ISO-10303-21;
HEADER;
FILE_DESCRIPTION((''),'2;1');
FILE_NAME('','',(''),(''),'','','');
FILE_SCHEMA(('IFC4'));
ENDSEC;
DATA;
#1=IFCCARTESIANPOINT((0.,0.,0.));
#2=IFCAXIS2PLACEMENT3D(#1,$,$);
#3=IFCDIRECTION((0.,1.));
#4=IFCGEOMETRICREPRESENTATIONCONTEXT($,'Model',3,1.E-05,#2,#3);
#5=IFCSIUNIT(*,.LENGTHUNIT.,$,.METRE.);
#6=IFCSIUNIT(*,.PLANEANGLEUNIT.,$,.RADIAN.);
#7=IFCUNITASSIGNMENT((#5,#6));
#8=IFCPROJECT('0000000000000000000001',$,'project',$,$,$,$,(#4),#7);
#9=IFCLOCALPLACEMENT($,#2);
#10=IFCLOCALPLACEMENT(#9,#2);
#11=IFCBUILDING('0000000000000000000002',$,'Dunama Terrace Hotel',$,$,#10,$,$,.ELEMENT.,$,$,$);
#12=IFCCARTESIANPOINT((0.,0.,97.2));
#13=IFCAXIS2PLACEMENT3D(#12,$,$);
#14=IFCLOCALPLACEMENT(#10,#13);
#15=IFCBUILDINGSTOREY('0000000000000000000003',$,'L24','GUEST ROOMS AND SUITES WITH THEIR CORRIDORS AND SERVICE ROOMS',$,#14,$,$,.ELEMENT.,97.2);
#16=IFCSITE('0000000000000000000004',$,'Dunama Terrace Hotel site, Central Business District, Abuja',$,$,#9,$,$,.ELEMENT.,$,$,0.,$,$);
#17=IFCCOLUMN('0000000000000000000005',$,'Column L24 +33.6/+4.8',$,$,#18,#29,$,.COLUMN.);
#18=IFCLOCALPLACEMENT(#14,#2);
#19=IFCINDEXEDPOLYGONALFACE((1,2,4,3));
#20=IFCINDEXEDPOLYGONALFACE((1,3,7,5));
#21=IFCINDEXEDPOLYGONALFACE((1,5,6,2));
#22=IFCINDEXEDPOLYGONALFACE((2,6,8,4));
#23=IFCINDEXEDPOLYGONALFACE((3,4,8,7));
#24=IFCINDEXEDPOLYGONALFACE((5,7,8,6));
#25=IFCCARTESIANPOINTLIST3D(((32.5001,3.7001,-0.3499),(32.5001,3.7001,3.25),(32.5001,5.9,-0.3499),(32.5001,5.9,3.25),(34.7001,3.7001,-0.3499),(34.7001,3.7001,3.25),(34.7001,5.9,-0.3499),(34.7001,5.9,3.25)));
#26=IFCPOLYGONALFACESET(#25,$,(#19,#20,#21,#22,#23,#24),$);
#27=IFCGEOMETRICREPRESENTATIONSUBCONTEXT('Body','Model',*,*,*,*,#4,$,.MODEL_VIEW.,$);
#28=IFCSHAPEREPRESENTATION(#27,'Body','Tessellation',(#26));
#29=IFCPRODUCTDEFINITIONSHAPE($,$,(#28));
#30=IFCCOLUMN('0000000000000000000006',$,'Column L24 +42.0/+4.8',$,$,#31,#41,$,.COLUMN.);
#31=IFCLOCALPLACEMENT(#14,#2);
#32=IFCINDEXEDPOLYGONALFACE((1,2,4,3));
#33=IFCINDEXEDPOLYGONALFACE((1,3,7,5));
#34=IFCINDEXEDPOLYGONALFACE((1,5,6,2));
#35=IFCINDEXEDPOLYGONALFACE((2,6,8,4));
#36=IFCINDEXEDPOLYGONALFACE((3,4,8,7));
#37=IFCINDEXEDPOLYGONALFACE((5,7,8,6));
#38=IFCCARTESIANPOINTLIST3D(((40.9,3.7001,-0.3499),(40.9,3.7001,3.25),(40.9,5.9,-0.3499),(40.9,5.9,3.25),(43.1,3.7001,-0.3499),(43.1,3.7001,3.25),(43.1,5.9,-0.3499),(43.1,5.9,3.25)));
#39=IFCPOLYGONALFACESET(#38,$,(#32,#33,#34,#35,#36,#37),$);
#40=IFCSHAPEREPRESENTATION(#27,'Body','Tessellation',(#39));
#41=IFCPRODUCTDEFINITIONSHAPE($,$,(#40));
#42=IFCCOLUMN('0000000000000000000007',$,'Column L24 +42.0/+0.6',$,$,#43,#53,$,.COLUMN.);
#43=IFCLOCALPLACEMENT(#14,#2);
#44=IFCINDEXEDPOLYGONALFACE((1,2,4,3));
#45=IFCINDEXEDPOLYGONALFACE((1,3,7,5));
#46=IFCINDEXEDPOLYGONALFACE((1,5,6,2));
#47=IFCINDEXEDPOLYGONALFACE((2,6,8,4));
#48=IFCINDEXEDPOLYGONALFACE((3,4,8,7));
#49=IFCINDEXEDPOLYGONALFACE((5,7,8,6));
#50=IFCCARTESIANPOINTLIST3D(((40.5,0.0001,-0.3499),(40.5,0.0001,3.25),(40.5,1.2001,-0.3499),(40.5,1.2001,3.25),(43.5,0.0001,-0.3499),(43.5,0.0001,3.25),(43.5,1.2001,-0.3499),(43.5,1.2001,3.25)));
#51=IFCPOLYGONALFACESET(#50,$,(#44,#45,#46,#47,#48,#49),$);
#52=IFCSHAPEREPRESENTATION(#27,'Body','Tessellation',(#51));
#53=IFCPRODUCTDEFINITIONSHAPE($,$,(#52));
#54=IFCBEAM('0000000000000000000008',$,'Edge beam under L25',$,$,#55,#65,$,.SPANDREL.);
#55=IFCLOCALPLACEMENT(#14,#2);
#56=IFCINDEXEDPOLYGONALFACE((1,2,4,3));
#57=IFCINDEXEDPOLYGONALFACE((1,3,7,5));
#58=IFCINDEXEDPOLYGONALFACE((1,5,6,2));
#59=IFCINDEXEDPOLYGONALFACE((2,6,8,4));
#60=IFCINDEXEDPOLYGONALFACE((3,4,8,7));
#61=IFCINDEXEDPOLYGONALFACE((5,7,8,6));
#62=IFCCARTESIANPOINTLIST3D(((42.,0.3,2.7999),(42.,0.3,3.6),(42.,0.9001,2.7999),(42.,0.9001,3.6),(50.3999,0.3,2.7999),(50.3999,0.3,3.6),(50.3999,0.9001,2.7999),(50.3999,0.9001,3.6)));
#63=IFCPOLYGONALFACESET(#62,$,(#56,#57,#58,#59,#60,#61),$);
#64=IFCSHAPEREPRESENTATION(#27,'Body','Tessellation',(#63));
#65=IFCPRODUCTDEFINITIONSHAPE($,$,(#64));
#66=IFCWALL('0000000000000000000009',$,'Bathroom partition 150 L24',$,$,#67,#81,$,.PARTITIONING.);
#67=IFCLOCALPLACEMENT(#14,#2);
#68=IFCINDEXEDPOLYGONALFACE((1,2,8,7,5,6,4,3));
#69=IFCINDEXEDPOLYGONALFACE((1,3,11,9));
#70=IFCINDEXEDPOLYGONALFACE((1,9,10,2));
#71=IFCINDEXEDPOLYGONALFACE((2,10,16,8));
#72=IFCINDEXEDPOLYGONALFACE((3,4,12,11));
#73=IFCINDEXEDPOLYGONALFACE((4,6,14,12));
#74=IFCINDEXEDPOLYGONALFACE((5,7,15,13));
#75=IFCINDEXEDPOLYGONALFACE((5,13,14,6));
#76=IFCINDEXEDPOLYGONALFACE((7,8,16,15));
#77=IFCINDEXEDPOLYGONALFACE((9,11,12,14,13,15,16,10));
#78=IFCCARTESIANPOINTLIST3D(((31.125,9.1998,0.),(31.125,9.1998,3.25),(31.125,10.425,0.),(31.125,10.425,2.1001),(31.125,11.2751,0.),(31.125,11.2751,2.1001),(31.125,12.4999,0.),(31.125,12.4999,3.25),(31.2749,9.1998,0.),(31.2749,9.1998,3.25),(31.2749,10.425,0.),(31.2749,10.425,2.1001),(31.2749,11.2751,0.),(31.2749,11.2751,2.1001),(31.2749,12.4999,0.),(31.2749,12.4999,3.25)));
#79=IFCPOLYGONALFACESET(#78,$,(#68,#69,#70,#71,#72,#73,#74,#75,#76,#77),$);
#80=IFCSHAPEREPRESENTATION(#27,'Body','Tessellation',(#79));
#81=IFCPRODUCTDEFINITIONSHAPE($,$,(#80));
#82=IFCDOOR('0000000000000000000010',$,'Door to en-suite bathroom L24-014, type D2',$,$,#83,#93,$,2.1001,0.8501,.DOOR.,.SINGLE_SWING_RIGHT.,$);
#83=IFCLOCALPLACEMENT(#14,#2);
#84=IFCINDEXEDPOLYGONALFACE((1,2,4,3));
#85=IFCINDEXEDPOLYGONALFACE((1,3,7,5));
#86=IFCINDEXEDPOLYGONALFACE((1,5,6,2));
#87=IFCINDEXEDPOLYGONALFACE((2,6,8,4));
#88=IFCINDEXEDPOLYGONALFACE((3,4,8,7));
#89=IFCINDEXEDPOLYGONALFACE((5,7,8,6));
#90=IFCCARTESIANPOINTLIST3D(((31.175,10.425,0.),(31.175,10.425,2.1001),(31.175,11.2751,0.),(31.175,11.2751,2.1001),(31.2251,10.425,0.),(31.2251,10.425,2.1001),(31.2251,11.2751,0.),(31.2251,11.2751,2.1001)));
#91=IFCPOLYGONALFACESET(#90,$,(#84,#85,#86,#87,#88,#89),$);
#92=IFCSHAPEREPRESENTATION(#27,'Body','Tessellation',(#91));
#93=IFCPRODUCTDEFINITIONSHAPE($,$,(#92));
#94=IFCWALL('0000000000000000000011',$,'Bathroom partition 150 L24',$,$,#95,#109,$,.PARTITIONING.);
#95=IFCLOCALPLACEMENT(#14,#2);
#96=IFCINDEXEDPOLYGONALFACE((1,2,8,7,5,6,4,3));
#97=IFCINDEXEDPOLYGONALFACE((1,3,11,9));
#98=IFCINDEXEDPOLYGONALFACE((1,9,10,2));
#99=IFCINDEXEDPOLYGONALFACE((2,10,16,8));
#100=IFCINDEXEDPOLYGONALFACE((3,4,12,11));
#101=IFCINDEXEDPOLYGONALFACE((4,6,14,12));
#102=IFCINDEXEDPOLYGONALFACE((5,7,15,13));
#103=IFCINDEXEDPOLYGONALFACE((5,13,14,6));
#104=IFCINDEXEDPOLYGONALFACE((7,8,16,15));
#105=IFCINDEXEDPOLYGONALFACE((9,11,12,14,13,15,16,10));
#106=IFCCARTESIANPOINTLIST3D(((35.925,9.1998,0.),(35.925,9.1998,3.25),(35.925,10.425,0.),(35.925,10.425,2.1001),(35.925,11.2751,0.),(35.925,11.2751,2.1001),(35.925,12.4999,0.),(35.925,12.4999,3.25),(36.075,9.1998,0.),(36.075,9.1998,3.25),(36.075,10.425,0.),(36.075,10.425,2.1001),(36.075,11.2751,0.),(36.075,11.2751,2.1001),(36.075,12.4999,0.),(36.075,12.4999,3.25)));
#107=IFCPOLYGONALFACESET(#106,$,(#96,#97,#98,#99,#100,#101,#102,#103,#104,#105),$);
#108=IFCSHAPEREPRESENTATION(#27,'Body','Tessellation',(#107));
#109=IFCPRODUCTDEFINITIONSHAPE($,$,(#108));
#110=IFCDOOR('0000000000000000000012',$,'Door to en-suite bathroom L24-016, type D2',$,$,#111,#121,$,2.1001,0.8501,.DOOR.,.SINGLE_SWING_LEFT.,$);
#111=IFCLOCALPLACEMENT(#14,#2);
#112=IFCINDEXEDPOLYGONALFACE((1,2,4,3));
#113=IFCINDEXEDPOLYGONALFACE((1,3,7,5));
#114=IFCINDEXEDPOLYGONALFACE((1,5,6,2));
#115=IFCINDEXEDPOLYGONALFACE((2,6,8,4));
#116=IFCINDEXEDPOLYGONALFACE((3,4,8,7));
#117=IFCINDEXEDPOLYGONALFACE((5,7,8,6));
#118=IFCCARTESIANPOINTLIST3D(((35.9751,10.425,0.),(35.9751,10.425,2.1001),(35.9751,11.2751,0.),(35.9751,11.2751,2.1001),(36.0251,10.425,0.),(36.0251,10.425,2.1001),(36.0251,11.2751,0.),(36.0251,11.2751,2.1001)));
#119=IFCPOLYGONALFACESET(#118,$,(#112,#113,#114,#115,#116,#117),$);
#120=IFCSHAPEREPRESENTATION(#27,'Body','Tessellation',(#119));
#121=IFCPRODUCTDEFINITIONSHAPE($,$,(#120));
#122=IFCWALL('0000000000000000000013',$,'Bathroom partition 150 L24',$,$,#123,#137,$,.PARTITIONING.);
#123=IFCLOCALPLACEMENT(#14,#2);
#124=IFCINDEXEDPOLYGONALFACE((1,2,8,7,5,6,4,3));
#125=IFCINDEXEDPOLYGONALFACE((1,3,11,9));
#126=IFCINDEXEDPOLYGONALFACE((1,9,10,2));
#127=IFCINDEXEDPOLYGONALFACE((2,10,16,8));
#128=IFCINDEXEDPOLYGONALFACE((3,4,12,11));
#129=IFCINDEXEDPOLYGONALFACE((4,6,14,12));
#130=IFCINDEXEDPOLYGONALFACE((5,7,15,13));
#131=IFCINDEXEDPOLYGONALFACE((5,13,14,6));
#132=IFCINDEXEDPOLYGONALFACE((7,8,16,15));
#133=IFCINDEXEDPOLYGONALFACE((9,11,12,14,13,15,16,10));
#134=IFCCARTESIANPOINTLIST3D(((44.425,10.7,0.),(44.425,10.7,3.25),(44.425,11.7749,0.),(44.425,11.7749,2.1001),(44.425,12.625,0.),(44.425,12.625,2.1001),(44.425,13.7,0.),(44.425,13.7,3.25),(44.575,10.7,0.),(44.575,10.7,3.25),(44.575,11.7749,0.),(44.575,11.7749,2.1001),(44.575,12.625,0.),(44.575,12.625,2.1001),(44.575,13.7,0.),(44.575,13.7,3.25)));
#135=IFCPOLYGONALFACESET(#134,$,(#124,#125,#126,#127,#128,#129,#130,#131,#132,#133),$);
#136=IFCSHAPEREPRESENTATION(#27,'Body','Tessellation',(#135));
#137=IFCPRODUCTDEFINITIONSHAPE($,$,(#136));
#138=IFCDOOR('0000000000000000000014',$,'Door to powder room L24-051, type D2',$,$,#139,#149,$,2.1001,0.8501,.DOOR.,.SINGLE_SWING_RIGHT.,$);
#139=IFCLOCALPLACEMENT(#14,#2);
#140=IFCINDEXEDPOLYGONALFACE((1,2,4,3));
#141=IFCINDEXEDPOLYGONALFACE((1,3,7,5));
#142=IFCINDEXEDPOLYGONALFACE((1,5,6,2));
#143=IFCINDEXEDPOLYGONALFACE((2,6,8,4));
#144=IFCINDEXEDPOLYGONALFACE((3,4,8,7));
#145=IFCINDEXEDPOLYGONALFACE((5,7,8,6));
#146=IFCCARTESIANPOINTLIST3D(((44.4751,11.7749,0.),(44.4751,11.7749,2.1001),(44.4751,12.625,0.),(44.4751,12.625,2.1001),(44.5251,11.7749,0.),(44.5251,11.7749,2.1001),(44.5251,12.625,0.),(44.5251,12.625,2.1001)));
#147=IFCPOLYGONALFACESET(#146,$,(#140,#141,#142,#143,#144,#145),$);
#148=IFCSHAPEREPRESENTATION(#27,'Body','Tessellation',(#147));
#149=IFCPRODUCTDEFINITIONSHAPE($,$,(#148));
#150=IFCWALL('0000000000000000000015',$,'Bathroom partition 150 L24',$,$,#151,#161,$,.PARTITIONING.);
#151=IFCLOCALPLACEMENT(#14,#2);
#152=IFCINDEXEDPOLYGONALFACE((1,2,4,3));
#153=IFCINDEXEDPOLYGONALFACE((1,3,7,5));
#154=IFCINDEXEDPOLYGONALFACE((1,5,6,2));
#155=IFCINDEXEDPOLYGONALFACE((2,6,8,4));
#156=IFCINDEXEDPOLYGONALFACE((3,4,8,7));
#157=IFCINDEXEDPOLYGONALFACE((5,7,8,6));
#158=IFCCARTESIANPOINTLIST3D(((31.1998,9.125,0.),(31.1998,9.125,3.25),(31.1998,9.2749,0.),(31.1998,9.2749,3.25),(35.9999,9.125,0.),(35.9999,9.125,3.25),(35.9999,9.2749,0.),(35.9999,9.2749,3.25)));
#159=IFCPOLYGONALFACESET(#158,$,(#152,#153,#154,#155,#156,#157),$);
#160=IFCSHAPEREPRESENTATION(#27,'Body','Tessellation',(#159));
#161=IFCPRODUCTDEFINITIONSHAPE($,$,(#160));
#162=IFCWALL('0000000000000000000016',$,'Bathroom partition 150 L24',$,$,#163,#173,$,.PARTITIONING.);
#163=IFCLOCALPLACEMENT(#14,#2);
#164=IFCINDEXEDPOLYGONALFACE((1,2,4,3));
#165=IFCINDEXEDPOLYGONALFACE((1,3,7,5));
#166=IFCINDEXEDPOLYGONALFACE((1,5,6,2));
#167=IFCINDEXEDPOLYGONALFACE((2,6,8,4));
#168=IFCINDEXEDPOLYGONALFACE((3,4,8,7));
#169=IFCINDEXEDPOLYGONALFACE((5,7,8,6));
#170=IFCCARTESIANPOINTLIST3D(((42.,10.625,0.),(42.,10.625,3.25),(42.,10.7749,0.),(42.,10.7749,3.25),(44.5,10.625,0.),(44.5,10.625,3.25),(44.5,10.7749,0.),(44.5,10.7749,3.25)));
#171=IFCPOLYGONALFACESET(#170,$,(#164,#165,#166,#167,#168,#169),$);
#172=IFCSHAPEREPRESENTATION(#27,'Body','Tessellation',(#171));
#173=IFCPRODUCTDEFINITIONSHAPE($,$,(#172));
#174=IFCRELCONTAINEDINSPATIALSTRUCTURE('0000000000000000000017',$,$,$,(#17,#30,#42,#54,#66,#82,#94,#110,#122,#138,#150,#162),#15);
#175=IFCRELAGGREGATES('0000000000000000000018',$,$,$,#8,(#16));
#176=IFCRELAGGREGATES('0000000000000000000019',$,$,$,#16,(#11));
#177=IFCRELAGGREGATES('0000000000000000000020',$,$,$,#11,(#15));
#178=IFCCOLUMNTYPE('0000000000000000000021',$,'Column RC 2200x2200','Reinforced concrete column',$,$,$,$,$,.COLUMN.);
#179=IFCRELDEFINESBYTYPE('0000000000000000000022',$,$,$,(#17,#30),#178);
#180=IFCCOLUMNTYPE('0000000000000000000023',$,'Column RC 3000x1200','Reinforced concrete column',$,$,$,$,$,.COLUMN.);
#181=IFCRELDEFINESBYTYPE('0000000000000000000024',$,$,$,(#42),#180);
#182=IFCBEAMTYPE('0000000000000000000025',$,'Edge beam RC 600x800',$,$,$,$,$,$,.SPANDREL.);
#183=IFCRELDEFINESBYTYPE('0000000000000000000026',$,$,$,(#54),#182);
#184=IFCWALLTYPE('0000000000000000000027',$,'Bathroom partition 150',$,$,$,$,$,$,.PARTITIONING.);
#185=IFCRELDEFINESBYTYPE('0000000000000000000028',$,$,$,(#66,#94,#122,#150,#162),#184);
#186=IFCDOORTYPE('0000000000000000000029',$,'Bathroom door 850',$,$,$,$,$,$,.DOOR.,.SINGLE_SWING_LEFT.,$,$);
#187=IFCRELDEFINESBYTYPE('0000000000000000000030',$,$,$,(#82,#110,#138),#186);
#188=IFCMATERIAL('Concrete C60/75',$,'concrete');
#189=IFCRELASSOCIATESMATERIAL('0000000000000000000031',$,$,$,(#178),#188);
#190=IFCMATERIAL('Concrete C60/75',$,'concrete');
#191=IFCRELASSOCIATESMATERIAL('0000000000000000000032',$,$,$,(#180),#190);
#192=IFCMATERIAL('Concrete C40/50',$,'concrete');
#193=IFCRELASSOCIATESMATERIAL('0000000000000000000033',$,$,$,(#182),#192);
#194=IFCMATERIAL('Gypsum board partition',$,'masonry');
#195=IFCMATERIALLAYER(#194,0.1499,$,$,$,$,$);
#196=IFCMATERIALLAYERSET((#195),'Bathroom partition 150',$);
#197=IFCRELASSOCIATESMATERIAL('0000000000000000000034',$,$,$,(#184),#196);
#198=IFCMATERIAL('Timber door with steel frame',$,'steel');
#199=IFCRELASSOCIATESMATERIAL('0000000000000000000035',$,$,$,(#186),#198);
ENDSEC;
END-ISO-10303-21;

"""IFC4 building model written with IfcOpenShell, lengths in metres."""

from ifc_helpers import new_model, si_unit, direction, frame, frame_2d, origin, origin_2d, place, context, subcontext, project, spatial, rectangle, extrude, material, layer, layer_set, material_profile, profile_set, type_object, element, fill, save


model = new_model("IFC4")

# Units and contexts
model_context = context("Model", 3, precision=1e-05, world=origin(), true_north=direction((0.0, 1.0)))
body_context = subcontext(model_context, "Body", "Model", "MODEL_VIEW")
ifc_project = project(units=[si_unit("LENGTHUNIT", "METRE"), si_unit("PLANEANGLEUNIT", "RADIAN")], contexts=[model_context])

# Site, building, storey
site_placement = place(None, origin())
site = spatial("IfcSite", under=ifc_project, at=site_placement, Name="Dunama Terrace Hotel site, Central Business District, Abuja", CompositionType="ELEMENT", RefElevation=0.0)
building_placement = place(site_placement, origin())
building = spatial("IfcBuilding", under=site, at=building_placement, Name="Dunama Terrace Hotel", CompositionType="ELEMENT")
storey_placement = place(building_placement, frame((0.0, 0.0, 97.2)))
storey = spatial("IfcBuildingStorey", under=building, at=storey_placement, Name="L24", Description="GUEST ROOMS AND SUITES WITH THEIR CORRIDORS AND SERVICE ROOMS", CompositionType="ELEMENT", Elevation=97.2)

# Columns
ifc_material_1 = material(Name="Concrete C60/75", Category="concrete")
ifc_material_profile_1 = material_profile(ifc_material_1, rectangle(XDim=2.2, YDim=2.2, at=origin_2d()), Name="RC 2200x2200")
ifc_profile_set_1 = profile_set([ifc_material_profile_1], Name="Concrete C60/75")
column_type_1 = type_object("IfcColumnType", Name="Column RC 2200x2200", Description="Reinforced concrete column", PredefinedType="COLUMN", material=ifc_profile_set_1)
for number, where, z_axis, x_axis, name in (
    (1, (33.6001, 4.8, -0.3499), (0.0, 0.0, 1.0), (1.0, 0.0, 0.0), "Column L24 +33.6/+4.8"),
    (2, (42.0, 4.8, -0.3499), (0.0, 0.0, 1.0), (1.0, 0.0, 0.0), "Column L24 +42.0/+4.8"),
):
    element("IfcColumn", number, at=place(storey_placement, frame(where, z_axis=z_axis, x_axis=x_axis)), inside=storey, type_object=column_type_1, Name=name, PredefinedType="COLUMN", context=body_context, shape_type="SweptSolid", body=[
        extrude(rectangle(XDim=2.2, YDim=2.2, at=origin_2d()), origin(), (0.0, 0.0, 1.0), 3.5999),
    ])
ifc_material_2 = material(Name="Concrete C60/75", Category="concrete")
ifc_material_profile_2 = material_profile(ifc_material_2, rectangle(XDim=3.0, YDim=1.2, at=origin_2d()), Name="RC 3000x1200")
ifc_profile_set_2 = profile_set([ifc_material_profile_2], Name="Concrete C60/75")
column_type_2 = type_object("IfcColumnType", Name="Column RC 3000x1200", Description="Reinforced concrete column", PredefinedType="COLUMN", material=ifc_profile_set_2)
column_placement = place(storey_placement, frame((42.0, 0.6001, -0.3499), z_axis=(0.0, 0.0, 1.0), x_axis=(1.0, 0.0, 0.0)))
element("IfcColumn", 3, at=column_placement, inside=storey, type_object=column_type_2, Name="Column L24 +42.0/+0.6", PredefinedType="COLUMN", context=body_context, shape_type="SweptSolid", body=[
    extrude(rectangle(XDim=3.0, YDim=1.2, at=origin_2d()), origin(), (0.0, 0.0, 1.0), 3.5999),
])

# Beam
ifc_material_3 = material(Name="Concrete C40/50", Category="concrete")
ifc_material_profile_3 = material_profile(ifc_material_3, rectangle(XDim=0.6001, YDim=0.8, at=origin_2d()), Name="RC 600x800")
ifc_profile_set_3 = profile_set([ifc_material_profile_3], Name="Concrete C40/50")
beam_type = type_object("IfcBeamType", Name="Edge beam RC 600x800", PredefinedType="SPANDREL", material=ifc_profile_set_3)
beam_placement = place(storey_placement, frame((42.0, 0.6001, 3.2), z_axis=(1.0, 0.0, 0.0), x_axis=(0.0, 1.0, 0.0)))
element("IfcBeam", 4, at=beam_placement, inside=storey, type_object=beam_type, Name="Edge beam under L25", PredefinedType="SPANDREL", context=body_context, shape_type="SweptSolid", body=[
    extrude(rectangle(XDim=0.6001, YDim=0.8, at=origin_2d()), origin(), (0.0, 0.0, 1.0), 8.3999),
])

# Walls, openings, doors
ifc_material_4 = material(Name="Gypsum board partition", Category="masonry")
ifc_layer_1 = layer(ifc_material_4, 0.1499)
ifc_layer_set_1 = layer_set([ifc_layer_1], Name="Bathroom partition 150")
wall_type_1 = type_object("IfcWallType", Name="Bathroom partition 150", PredefinedType="PARTITIONING", material=ifc_layer_set_1)
wall_1_placement = place(storey_placement, frame((31.2, 9.2, 0.0), z_axis=(0.0, 0.0, 1.0), x_axis=(0.0, 1.0, 0.0)))
wall_1 = element("IfcWall", 5, at=wall_1_placement, inside=storey, type_object=wall_type_1, Name="Bathroom partition 150 L24", PredefinedType="PARTITIONING", context=body_context, shape_type="SweptSolid", body=[
    extrude(rectangle(XDim=3.3, YDim=0.1499, at=frame_2d((1.6499, 0.0))), origin(), (0.0, 0.0, 1.0), 3.25),
])
opening_1_placement = place(wall_1_placement, frame((1.2251, 0.0, 0.0)))
opening_1 = element("IfcOpeningElement", 6, at=opening_1_placement, cuts=wall_1, PredefinedType="OPENING", context=body_context, shape_type="SweptSolid", body=[
    extrude(rectangle(XDim=0.8501, YDim=2.1001, at=frame_2d((0.425, 1.05))), frame((0.0, 0.085, 0.0), z_axis=(0.0, -1.0, 0.0), x_axis=(1.0, 0.0, 0.0)), (0.0, 0.0, 1.0), 0.1699),
])
ifc_material_5 = material(Name="Timber door with steel frame", Category="steel")
door_type_1 = type_object("IfcDoorType", Name="Bathroom door 850", OperationType="SINGLE_SWING_LEFT", PredefinedType="DOOR", material=ifc_material_5)
door_1_placement = place(opening_1_placement, frame((0.8501, 0.0, 0.0), z_axis=(0.0, 0.0, 1.0), x_axis=(-1.0, 0.0, 0.0)))
door_1 = element("IfcDoor", 7, at=door_1_placement, inside=storey, type_object=door_type_1, Name="Door to en-suite bathroom L24-014, type D2", OperationType="SINGLE_SWING_RIGHT", OverallHeight=2.1001, OverallWidth=0.8501, PredefinedType="DOOR", context=body_context, shape_type="SweptSolid", body=[
    extrude(rectangle(XDim=0.8501, YDim=2.1001, at=frame_2d((0.425, 1.05))), frame((0.0, 0.0251, 0.0), z_axis=(0.0, -1.0, 0.0), x_axis=(1.0, 0.0, 0.0)), (0.0, 0.0, 1.0), 0.05),
])
fill(opening_1, door_1)
wall_2_placement = place(storey_placement, frame((36.0, 9.2, 0.0), z_axis=(0.0, 0.0, 1.0), x_axis=(0.0, 1.0, 0.0)))
wall_2 = element("IfcWall", 8, at=wall_2_placement, inside=storey, type_object=wall_type_1, Name="Bathroom partition 150 L24", PredefinedType="PARTITIONING", context=body_context, shape_type="SweptSolid", body=[
    extrude(rectangle(XDim=3.3, YDim=0.1499, at=frame_2d((1.6499, 0.0))), origin(), (0.0, 0.0, 1.0), 3.25),
])
opening_2_placement = place(wall_2_placement, frame((1.2251, 0.0, 0.0)))
opening_2 = element("IfcOpeningElement", 9, at=opening_2_placement, cuts=wall_2, PredefinedType="OPENING", context=body_context, shape_type="SweptSolid", body=[
    extrude(rectangle(XDim=0.8501, YDim=2.1001, at=frame_2d((0.425, 1.05))), frame((0.0, 0.085, 0.0), z_axis=(0.0, -1.0, 0.0), x_axis=(1.0, 0.0, 0.0)), (0.0, 0.0, 1.0), 0.1699),
])
door_2_placement = place(opening_2_placement, origin())
door_2 = element("IfcDoor", 10, at=door_2_placement, inside=storey, type_object=door_type_1, Name="Door to en-suite bathroom L24-016, type D2", OperationType="SINGLE_SWING_LEFT", OverallHeight=2.1001, OverallWidth=0.8501, PredefinedType="DOOR", context=body_context, shape_type="SweptSolid", body=[
    extrude(rectangle(XDim=0.8501, YDim=2.1001, at=frame_2d((0.425, 1.05))), frame((0.0, 0.0249, 0.0), z_axis=(0.0, -1.0, 0.0), x_axis=(1.0, 0.0, 0.0)), (0.0, 0.0, 1.0), 0.05),
])
fill(opening_2, door_2)
wall_3_placement = place(storey_placement, frame((44.5, 10.7, 0.0), z_axis=(0.0, 0.0, 1.0), x_axis=(0.0, 1.0, 0.0)))
wall_3 = element("IfcWall", 11, at=wall_3_placement, inside=storey, type_object=wall_type_1, Name="Bathroom partition 150 L24", PredefinedType="PARTITIONING", context=body_context, shape_type="SweptSolid", body=[
    extrude(rectangle(XDim=3.0, YDim=0.1499, at=frame_2d((1.5, 0.0))), origin(), (0.0, 0.0, 1.0), 3.25),
])
opening_3_placement = place(wall_3_placement, frame((1.075, 0.0, 0.0)))
opening_3 = element("IfcOpeningElement", 12, at=opening_3_placement, cuts=wall_3, PredefinedType="OPENING", context=body_context, shape_type="SweptSolid", body=[
    extrude(rectangle(XDim=0.8501, YDim=2.1001, at=frame_2d((0.425, 1.05))), frame((0.0, 0.085, 0.0), z_axis=(0.0, -1.0, 0.0), x_axis=(1.0, 0.0, 0.0)), (0.0, 0.0, 1.0), 0.1699),
])
door_3_placement = place(opening_3_placement, origin())
door_3 = element("IfcDoor", 13, at=door_3_placement, inside=storey, type_object=door_type_1, Name="Door to powder room L24-051, type D2", OperationType="SINGLE_SWING_RIGHT", OverallHeight=2.1001, OverallWidth=0.8501, PredefinedType="DOOR", context=body_context, shape_type="SweptSolid", body=[
    extrude(rectangle(XDim=0.8501, YDim=2.1001, at=frame_2d((0.425, 1.05))), frame((0.0, 0.0249, 0.0), z_axis=(0.0, -1.0, 0.0), x_axis=(1.0, 0.0, 0.0)), (0.0, 0.0, 1.0), 0.05),
])
fill(opening_3, door_3)

# Walls
wall_4_placement = place(storey_placement, frame((31.2, 9.2, 0.0), z_axis=(0.0, 0.0, 1.0), x_axis=(1.0, 0.0, 0.0)))
element("IfcWall", 14, at=wall_4_placement, inside=storey, type_object=wall_type_1, Name="Bathroom partition 150 L24", PredefinedType="PARTITIONING", context=body_context, shape_type="SweptSolid", body=[
    extrude(rectangle(XDim=4.8, YDim=0.1499, at=frame_2d((2.3999, 0.0))), origin(), (0.0, 0.0, 1.0), 3.25),
])
wall_5_placement = place(storey_placement, frame((42.0, 10.7, 0.0), z_axis=(0.0, 0.0, 1.0), x_axis=(1.0, 0.0, 0.0)))
element("IfcWall", 15, at=wall_5_placement, inside=storey, type_object=wall_type_1, Name="Bathroom partition 150 L24", PredefinedType="PARTITIONING", context=body_context, shape_type="SweptSolid", body=[
    extrude(rectangle(XDim=2.5, YDim=0.1499, at=frame_2d((1.25, 0.0))), origin(), (0.0, 0.0, 1.0), 3.25),
])

save(model, "model.ifc")
